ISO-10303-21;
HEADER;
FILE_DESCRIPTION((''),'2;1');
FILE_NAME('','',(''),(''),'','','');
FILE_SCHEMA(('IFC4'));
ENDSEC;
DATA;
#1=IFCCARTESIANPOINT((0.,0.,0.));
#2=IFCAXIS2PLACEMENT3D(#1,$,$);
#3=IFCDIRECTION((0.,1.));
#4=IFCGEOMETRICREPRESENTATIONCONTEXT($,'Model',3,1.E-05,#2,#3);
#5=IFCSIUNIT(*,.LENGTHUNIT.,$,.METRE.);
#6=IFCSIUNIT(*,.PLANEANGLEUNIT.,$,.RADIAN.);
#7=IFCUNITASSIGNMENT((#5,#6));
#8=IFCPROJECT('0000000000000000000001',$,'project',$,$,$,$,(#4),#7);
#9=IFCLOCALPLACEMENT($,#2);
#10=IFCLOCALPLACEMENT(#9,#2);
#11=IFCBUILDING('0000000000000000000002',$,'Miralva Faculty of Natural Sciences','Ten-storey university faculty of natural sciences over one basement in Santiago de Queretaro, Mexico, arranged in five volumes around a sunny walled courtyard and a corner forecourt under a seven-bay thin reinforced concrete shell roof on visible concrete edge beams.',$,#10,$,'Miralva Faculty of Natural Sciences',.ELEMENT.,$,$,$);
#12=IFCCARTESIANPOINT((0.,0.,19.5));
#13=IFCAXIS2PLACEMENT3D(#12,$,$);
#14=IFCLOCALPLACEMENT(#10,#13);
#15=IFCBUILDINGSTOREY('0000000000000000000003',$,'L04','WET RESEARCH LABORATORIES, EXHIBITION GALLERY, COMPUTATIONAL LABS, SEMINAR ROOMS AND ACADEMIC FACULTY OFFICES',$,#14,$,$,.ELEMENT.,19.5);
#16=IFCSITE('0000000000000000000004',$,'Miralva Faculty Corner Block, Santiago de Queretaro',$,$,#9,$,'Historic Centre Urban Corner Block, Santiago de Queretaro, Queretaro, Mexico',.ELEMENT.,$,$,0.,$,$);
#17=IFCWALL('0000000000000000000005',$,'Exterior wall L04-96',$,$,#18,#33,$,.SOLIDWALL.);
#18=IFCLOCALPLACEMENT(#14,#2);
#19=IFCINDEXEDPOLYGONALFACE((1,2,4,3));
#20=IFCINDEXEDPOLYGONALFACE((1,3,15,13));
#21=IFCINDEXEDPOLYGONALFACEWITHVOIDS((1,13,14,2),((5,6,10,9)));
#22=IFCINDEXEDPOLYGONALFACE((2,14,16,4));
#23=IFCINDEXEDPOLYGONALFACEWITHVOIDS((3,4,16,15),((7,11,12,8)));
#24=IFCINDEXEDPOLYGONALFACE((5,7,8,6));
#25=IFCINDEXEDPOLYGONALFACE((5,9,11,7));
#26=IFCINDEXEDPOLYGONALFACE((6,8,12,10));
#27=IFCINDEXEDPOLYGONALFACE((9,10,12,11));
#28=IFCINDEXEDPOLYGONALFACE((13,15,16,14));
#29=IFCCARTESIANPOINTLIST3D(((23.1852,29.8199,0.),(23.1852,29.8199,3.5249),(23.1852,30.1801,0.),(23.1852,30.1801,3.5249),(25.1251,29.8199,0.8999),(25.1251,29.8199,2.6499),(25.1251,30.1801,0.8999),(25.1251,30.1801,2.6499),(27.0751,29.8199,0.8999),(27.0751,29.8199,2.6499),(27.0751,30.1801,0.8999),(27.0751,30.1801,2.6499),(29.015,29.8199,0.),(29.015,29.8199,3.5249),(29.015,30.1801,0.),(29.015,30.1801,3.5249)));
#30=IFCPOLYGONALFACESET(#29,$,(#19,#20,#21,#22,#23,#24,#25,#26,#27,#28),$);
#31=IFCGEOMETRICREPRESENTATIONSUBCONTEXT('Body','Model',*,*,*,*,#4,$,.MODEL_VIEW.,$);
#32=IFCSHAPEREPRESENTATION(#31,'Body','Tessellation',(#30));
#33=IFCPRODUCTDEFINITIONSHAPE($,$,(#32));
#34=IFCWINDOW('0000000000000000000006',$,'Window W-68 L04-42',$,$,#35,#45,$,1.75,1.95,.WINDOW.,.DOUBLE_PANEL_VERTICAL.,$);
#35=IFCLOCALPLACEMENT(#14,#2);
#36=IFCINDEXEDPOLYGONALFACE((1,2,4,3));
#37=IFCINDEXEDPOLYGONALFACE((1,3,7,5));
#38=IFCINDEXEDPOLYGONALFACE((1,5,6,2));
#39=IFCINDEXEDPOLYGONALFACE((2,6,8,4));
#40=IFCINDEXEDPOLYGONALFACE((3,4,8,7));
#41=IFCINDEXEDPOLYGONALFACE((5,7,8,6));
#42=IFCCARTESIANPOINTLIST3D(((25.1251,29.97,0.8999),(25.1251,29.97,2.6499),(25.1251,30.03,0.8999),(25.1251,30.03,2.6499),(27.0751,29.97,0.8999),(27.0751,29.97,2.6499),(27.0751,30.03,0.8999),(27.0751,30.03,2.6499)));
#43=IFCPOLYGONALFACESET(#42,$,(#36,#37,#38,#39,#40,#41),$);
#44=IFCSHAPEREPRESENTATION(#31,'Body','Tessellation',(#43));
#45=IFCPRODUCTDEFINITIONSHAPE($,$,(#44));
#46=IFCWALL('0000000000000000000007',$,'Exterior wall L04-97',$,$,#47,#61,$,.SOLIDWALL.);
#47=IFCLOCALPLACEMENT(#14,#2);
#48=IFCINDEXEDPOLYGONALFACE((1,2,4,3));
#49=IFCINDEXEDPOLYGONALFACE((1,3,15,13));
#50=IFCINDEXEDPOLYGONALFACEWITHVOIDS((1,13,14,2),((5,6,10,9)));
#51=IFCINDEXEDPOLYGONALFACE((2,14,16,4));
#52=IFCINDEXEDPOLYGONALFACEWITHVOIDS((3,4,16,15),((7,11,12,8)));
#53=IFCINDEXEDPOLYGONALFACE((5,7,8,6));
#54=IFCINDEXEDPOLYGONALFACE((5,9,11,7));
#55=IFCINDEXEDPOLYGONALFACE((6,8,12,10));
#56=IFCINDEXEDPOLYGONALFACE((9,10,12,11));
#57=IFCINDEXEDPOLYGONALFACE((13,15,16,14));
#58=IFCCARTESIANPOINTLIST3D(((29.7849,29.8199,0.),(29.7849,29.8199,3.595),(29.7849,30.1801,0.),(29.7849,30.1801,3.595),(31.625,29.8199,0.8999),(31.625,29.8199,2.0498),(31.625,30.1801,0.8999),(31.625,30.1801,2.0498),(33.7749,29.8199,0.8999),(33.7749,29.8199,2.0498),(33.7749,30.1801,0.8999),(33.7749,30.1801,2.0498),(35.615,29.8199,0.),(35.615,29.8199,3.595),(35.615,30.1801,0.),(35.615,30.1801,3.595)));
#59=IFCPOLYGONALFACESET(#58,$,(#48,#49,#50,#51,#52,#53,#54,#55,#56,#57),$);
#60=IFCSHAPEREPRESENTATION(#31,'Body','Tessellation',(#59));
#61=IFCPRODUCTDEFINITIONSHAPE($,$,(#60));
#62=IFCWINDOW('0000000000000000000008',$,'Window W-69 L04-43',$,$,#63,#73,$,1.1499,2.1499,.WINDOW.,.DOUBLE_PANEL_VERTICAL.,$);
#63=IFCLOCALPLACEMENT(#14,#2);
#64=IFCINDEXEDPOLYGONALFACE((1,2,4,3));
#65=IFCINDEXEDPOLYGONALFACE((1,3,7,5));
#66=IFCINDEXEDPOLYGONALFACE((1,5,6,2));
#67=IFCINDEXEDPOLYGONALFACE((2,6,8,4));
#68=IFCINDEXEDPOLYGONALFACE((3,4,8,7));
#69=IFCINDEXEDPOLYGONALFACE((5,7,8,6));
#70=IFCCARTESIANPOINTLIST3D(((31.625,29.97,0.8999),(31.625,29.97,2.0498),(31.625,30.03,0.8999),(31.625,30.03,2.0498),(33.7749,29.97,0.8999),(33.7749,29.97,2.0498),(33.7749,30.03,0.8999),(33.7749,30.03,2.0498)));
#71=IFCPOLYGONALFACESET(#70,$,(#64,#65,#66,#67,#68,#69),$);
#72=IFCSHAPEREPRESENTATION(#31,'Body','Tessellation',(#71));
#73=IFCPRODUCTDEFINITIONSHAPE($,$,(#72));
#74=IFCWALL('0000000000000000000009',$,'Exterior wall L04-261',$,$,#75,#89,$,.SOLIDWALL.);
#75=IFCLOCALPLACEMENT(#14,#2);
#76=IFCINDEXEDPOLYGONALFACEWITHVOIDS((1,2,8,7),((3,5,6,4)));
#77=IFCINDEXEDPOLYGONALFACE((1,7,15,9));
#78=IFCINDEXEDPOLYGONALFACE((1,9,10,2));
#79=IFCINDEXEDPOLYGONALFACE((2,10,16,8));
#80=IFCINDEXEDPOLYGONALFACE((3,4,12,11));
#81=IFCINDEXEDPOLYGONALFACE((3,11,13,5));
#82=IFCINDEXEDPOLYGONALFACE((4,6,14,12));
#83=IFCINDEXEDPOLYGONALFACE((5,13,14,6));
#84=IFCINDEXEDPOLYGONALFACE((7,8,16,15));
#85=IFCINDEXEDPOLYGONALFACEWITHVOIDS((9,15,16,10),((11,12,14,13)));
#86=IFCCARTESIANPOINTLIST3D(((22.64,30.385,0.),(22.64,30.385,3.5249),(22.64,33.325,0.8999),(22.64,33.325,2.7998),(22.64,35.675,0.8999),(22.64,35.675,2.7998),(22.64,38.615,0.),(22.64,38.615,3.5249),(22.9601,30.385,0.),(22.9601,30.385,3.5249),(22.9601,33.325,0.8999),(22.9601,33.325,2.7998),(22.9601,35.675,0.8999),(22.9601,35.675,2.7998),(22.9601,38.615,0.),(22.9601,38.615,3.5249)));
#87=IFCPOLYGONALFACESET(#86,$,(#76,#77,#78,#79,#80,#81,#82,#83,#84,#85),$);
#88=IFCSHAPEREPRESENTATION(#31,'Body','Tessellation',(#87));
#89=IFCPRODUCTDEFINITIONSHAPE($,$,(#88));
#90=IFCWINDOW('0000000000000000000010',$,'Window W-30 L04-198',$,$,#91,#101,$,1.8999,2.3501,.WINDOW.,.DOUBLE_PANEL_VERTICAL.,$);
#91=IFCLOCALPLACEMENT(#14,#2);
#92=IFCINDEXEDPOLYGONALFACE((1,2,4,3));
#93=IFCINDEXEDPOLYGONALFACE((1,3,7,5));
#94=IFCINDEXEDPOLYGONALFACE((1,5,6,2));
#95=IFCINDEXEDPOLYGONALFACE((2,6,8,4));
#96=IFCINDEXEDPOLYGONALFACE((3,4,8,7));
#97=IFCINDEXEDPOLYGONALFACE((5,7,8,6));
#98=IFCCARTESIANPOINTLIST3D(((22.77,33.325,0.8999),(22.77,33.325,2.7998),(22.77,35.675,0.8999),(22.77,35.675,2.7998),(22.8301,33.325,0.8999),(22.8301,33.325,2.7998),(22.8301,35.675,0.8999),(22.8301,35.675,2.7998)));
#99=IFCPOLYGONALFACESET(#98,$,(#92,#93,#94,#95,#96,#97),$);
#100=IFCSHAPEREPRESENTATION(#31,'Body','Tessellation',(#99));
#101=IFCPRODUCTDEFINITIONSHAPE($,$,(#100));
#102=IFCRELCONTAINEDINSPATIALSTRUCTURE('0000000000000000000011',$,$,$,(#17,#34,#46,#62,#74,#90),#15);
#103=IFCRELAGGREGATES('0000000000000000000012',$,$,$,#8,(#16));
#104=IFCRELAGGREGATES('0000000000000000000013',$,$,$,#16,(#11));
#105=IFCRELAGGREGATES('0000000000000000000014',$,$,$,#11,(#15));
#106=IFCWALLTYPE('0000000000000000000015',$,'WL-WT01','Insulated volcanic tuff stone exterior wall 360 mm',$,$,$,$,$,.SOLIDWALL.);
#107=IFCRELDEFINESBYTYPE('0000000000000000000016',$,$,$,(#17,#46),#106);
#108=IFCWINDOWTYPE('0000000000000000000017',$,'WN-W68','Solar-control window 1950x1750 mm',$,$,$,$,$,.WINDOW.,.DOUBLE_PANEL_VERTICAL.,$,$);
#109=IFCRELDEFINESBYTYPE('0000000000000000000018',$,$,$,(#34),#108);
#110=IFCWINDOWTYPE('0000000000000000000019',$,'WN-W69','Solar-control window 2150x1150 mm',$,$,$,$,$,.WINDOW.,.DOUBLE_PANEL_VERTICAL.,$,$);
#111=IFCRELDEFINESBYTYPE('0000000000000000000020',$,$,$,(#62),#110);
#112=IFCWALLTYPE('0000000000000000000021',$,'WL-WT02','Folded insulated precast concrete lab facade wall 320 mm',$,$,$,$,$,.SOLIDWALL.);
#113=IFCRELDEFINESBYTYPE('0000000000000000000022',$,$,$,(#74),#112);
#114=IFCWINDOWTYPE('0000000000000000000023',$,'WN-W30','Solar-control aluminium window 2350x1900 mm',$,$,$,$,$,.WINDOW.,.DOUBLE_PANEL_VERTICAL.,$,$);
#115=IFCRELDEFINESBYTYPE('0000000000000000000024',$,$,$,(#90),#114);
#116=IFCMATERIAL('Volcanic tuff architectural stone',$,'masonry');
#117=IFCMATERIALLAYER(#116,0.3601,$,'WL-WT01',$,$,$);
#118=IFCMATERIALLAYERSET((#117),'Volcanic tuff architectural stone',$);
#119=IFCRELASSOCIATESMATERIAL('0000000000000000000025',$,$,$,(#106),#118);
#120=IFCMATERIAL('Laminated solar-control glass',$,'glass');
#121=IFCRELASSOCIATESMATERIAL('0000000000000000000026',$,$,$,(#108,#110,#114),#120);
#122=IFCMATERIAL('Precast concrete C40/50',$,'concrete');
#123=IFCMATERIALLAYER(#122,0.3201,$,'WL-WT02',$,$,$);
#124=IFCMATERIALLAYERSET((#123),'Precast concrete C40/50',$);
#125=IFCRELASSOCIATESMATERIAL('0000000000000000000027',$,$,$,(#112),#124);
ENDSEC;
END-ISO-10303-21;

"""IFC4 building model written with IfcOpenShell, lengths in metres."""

from ifc_helpers import new_model, si_unit, direction, frame, frame_2d, origin, place, context, subcontext, project, spatial, rectangle, extrude, material, layer, layer_set, type_object, element, fill, save


model = new_model("IFC4")

# Units and contexts
model_context = context("Model", 3, precision=1e-05, world=origin(), true_north=direction((0.0, 1.0)))
body_context = subcontext(model_context, "Body", "Model", "MODEL_VIEW")
ifc_project = project(units=[si_unit("LENGTHUNIT", "METRE"), si_unit("PLANEANGLEUNIT", "RADIAN")], contexts=[model_context])

# Site, building, storey
site_placement = place(None, origin())
site = spatial("IfcSite", under=ifc_project, at=site_placement, Name="Miralva Faculty Corner Block, Santiago de Queretaro", LongName="Historic Centre Urban Corner Block, Santiago de Queretaro, Queretaro, Mexico", CompositionType="ELEMENT", RefElevation=0.0)
building_placement = place(site_placement, origin())
building = spatial("IfcBuilding", under=site, at=building_placement, Name="Miralva Faculty of Natural Sciences", Description="Ten-storey university faculty of natural sciences over one basement in Santiago de Queretaro, Mexico, arranged in five volumes around a sunny walled courtyard and a corner forecourt under a seven-bay thin reinforced concrete shell roof on visible concrete edge beams.", LongName="Miralva Faculty of Natural Sciences", CompositionType="ELEMENT")
storey_placement = place(building_placement, frame((0.0, 0.0, 19.5)))
storey = spatial("IfcBuildingStorey", under=building, at=storey_placement, Name="L04", Description="WET RESEARCH LABORATORIES, EXHIBITION GALLERY, COMPUTATIONAL LABS, SEMINAR ROOMS AND ACADEMIC FACULTY OFFICES", CompositionType="ELEMENT", Elevation=19.5)

# Shared definitions
ifc_material_1 = material(Name="Laminated solar-control glass", Category="glass")

# Walls, openings, windows
ifc_material_2 = material(Name="Volcanic tuff architectural stone", Category="masonry")
ifc_layer_1 = layer(ifc_material_2, 0.3601, Name="WL-WT01")
ifc_layer_set_1 = layer_set([ifc_layer_1], Name="Volcanic tuff architectural stone")
wall_type_1 = type_object("IfcWallType", Name="WL-WT01", Description="Insulated volcanic tuff stone exterior wall 360 mm", PredefinedType="SOLIDWALL", material=ifc_layer_set_1)
wall_1_placement = place(storey_placement, frame((23.1851, 30.0, 0.0), z_axis=(0.0, 0.0, 1.0), x_axis=(1.0, 0.0, 0.0)))
wall_1 = element("IfcWall", 1, at=wall_1_placement, inside=storey, type_object=wall_type_1, Name="Exterior wall L04-96", PredefinedType="SOLIDWALL", context=body_context, shape_type="SweptSolid", body=[
    extrude(rectangle(XDim=5.8298, YDim=0.3601, at=frame_2d((2.915, 0.0))), origin(), (0.0, 0.0, 1.0), 3.5249),
])
opening_1_placement = place(wall_1_placement, frame((1.9399, 0.0, 0.8999)))
opening_1 = element("IfcOpeningElement", 2, at=opening_1_placement, cuts=wall_1, PredefinedType="OPENING", context=body_context, shape_type="SweptSolid", body=[
    extrude(rectangle(XDim=1.95, YDim=1.75, at=frame_2d((0.9751, 0.875))), frame((0.0, 0.1899, 0.0), z_axis=(0.0, -1.0, 0.0), x_axis=(1.0, 0.0, 0.0)), (0.0, 0.0, 1.0), 0.3801),
])
window_type_1 = type_object("IfcWindowType", Name="WN-W68", Description="Solar-control window 1950x1750 mm", PartitioningType="DOUBLE_PANEL_VERTICAL", PredefinedType="WINDOW", material=ifc_material_1)
window_1_placement = place(opening_1_placement, origin())
window_1 = element("IfcWindow", 3, at=window_1_placement, inside=storey, type_object=window_type_1, Name="Window W-68 L04-42", OverallHeight=1.75, OverallWidth=1.95, PartitioningType="DOUBLE_PANEL_VERTICAL", PredefinedType="WINDOW", context=body_context, shape_type="SweptSolid", body=[
    extrude(rectangle(XDim=1.95, YDim=1.75, at=frame_2d((0.9751, 0.875))), frame((0.0, 0.03, 0.0), z_axis=(0.0, -1.0, 0.0), x_axis=(1.0, 0.0, 0.0)), (0.0, 0.0, 1.0), 0.0601),
])
fill(opening_1, window_1)
wall_2_placement = place(storey_placement, frame((29.7849, 30.0, 0.0), z_axis=(0.0, 0.0, 1.0), x_axis=(1.0, 0.0, 0.0)))
wall_2 = element("IfcWall", 4, at=wall_2_placement, inside=storey, type_object=wall_type_1, Name="Exterior wall L04-97", PredefinedType="SOLIDWALL", context=body_context, shape_type="SweptSolid", body=[
    extrude(rectangle(XDim=5.8301, YDim=0.3601, at=frame_2d((2.915, 0.0))), origin(), (0.0, 0.0, 1.0), 3.595),
])
opening_2_placement = place(wall_2_placement, frame((1.8401, 0.0, 0.8999)))
opening_2 = element("IfcOpeningElement", 5, at=opening_2_placement, cuts=wall_2, PredefinedType="OPENING", context=body_context, shape_type="SweptSolid", body=[
    extrude(rectangle(XDim=2.1499, YDim=1.1499, at=frame_2d((1.075, 0.575))), frame((0.0, 0.1899, 0.0), z_axis=(0.0, -1.0, 0.0), x_axis=(1.0, 0.0, 0.0)), (0.0, 0.0, 1.0), 0.3801),
])
window_type_2 = type_object("IfcWindowType", Name="WN-W69", Description="Solar-control window 2150x1150 mm", PartitioningType="DOUBLE_PANEL_VERTICAL", PredefinedType="WINDOW", material=ifc_material_1)
window_2_placement = place(opening_2_placement, origin())
window_2 = element("IfcWindow", 6, at=window_2_placement, inside=storey, type_object=window_type_2, Name="Window W-69 L04-43", OverallHeight=1.1499, OverallWidth=2.1499, PartitioningType="DOUBLE_PANEL_VERTICAL", PredefinedType="WINDOW", context=body_context, shape_type="SweptSolid", body=[
    extrude(rectangle(XDim=2.1499, YDim=1.1499, at=frame_2d((1.075, 0.575))), frame((0.0, 0.03, 0.0), z_axis=(0.0, -1.0, 0.0), x_axis=(1.0, 0.0, 0.0)), (0.0, 0.0, 1.0), 0.0601),
])
fill(opening_2, window_2)
ifc_material_3 = material(Name="Precast concrete C40/50", Category="concrete")
ifc_layer_2 = layer(ifc_material_3, 0.3201, Name="WL-WT02")
ifc_layer_set_2 = layer_set([ifc_layer_2], Name="Precast concrete C40/50")
wall_type_2 = type_object("IfcWallType", Name="WL-WT02", Description="Folded insulated precast concrete lab facade wall 320 mm", PredefinedType="SOLIDWALL", material=ifc_layer_set_2)
wall_3_placement = place(storey_placement, frame((22.8, 30.385, 0.0), z_axis=(0.0, 0.0, 1.0), x_axis=(0.0, 1.0, 0.0)))
wall_3 = element("IfcWall", 7, at=wall_3_placement, inside=storey, type_object=wall_type_2, Name="Exterior wall L04-261", PredefinedType="SOLIDWALL", context=body_context, shape_type="SweptSolid", body=[
    extrude(rectangle(XDim=8.23, YDim=0.3201, at=frame_2d((4.115, 0.0))), origin(), (0.0, 0.0, 1.0), 3.5249),
])
opening_3_placement = place(wall_3_placement, frame((2.9399, 0.0, 0.8999)))
opening_3 = element("IfcOpeningElement", 8, at=opening_3_placement, cuts=wall_3, PredefinedType="OPENING", context=body_context, shape_type="SweptSolid", body=[
    extrude(rectangle(XDim=2.3501, YDim=1.8999, at=frame_2d((1.175, 0.95))), frame((0.0, 0.1699, 0.0), z_axis=(0.0, -1.0, 0.0), x_axis=(1.0, 0.0, 0.0)), (0.0, 0.0, 1.0), 0.3401),
])
window_type_3 = type_object("IfcWindowType", Name="WN-W30", Description="Solar-control aluminium window 2350x1900 mm", PartitioningType="DOUBLE_PANEL_VERTICAL", PredefinedType="WINDOW", material=ifc_material_1)
window_3_placement = place(opening_3_placement, frame((2.3501, 0.0, 0.0), z_axis=(0.0, 0.0, 1.0), x_axis=(-1.0, 0.0, 0.0)))
window_3 = element("IfcWindow", 9, at=window_3_placement, inside=storey, type_object=window_type_3, Name="Window W-30 L04-198", OverallHeight=1.8999, OverallWidth=2.3501, PartitioningType="DOUBLE_PANEL_VERTICAL", PredefinedType="WINDOW", context=body_context, shape_type="SweptSolid", body=[
    extrude(rectangle(XDim=2.3501, YDim=1.8999, at=frame_2d((1.175, 0.95))), frame((0.0, 0.03, 0.0), z_axis=(0.0, -1.0, 0.0), x_axis=(1.0, 0.0, 0.0)), (0.0, 0.0, 1.0), 0.0601),
])
fill(opening_3, window_3)

save(model, "model.ifc")
